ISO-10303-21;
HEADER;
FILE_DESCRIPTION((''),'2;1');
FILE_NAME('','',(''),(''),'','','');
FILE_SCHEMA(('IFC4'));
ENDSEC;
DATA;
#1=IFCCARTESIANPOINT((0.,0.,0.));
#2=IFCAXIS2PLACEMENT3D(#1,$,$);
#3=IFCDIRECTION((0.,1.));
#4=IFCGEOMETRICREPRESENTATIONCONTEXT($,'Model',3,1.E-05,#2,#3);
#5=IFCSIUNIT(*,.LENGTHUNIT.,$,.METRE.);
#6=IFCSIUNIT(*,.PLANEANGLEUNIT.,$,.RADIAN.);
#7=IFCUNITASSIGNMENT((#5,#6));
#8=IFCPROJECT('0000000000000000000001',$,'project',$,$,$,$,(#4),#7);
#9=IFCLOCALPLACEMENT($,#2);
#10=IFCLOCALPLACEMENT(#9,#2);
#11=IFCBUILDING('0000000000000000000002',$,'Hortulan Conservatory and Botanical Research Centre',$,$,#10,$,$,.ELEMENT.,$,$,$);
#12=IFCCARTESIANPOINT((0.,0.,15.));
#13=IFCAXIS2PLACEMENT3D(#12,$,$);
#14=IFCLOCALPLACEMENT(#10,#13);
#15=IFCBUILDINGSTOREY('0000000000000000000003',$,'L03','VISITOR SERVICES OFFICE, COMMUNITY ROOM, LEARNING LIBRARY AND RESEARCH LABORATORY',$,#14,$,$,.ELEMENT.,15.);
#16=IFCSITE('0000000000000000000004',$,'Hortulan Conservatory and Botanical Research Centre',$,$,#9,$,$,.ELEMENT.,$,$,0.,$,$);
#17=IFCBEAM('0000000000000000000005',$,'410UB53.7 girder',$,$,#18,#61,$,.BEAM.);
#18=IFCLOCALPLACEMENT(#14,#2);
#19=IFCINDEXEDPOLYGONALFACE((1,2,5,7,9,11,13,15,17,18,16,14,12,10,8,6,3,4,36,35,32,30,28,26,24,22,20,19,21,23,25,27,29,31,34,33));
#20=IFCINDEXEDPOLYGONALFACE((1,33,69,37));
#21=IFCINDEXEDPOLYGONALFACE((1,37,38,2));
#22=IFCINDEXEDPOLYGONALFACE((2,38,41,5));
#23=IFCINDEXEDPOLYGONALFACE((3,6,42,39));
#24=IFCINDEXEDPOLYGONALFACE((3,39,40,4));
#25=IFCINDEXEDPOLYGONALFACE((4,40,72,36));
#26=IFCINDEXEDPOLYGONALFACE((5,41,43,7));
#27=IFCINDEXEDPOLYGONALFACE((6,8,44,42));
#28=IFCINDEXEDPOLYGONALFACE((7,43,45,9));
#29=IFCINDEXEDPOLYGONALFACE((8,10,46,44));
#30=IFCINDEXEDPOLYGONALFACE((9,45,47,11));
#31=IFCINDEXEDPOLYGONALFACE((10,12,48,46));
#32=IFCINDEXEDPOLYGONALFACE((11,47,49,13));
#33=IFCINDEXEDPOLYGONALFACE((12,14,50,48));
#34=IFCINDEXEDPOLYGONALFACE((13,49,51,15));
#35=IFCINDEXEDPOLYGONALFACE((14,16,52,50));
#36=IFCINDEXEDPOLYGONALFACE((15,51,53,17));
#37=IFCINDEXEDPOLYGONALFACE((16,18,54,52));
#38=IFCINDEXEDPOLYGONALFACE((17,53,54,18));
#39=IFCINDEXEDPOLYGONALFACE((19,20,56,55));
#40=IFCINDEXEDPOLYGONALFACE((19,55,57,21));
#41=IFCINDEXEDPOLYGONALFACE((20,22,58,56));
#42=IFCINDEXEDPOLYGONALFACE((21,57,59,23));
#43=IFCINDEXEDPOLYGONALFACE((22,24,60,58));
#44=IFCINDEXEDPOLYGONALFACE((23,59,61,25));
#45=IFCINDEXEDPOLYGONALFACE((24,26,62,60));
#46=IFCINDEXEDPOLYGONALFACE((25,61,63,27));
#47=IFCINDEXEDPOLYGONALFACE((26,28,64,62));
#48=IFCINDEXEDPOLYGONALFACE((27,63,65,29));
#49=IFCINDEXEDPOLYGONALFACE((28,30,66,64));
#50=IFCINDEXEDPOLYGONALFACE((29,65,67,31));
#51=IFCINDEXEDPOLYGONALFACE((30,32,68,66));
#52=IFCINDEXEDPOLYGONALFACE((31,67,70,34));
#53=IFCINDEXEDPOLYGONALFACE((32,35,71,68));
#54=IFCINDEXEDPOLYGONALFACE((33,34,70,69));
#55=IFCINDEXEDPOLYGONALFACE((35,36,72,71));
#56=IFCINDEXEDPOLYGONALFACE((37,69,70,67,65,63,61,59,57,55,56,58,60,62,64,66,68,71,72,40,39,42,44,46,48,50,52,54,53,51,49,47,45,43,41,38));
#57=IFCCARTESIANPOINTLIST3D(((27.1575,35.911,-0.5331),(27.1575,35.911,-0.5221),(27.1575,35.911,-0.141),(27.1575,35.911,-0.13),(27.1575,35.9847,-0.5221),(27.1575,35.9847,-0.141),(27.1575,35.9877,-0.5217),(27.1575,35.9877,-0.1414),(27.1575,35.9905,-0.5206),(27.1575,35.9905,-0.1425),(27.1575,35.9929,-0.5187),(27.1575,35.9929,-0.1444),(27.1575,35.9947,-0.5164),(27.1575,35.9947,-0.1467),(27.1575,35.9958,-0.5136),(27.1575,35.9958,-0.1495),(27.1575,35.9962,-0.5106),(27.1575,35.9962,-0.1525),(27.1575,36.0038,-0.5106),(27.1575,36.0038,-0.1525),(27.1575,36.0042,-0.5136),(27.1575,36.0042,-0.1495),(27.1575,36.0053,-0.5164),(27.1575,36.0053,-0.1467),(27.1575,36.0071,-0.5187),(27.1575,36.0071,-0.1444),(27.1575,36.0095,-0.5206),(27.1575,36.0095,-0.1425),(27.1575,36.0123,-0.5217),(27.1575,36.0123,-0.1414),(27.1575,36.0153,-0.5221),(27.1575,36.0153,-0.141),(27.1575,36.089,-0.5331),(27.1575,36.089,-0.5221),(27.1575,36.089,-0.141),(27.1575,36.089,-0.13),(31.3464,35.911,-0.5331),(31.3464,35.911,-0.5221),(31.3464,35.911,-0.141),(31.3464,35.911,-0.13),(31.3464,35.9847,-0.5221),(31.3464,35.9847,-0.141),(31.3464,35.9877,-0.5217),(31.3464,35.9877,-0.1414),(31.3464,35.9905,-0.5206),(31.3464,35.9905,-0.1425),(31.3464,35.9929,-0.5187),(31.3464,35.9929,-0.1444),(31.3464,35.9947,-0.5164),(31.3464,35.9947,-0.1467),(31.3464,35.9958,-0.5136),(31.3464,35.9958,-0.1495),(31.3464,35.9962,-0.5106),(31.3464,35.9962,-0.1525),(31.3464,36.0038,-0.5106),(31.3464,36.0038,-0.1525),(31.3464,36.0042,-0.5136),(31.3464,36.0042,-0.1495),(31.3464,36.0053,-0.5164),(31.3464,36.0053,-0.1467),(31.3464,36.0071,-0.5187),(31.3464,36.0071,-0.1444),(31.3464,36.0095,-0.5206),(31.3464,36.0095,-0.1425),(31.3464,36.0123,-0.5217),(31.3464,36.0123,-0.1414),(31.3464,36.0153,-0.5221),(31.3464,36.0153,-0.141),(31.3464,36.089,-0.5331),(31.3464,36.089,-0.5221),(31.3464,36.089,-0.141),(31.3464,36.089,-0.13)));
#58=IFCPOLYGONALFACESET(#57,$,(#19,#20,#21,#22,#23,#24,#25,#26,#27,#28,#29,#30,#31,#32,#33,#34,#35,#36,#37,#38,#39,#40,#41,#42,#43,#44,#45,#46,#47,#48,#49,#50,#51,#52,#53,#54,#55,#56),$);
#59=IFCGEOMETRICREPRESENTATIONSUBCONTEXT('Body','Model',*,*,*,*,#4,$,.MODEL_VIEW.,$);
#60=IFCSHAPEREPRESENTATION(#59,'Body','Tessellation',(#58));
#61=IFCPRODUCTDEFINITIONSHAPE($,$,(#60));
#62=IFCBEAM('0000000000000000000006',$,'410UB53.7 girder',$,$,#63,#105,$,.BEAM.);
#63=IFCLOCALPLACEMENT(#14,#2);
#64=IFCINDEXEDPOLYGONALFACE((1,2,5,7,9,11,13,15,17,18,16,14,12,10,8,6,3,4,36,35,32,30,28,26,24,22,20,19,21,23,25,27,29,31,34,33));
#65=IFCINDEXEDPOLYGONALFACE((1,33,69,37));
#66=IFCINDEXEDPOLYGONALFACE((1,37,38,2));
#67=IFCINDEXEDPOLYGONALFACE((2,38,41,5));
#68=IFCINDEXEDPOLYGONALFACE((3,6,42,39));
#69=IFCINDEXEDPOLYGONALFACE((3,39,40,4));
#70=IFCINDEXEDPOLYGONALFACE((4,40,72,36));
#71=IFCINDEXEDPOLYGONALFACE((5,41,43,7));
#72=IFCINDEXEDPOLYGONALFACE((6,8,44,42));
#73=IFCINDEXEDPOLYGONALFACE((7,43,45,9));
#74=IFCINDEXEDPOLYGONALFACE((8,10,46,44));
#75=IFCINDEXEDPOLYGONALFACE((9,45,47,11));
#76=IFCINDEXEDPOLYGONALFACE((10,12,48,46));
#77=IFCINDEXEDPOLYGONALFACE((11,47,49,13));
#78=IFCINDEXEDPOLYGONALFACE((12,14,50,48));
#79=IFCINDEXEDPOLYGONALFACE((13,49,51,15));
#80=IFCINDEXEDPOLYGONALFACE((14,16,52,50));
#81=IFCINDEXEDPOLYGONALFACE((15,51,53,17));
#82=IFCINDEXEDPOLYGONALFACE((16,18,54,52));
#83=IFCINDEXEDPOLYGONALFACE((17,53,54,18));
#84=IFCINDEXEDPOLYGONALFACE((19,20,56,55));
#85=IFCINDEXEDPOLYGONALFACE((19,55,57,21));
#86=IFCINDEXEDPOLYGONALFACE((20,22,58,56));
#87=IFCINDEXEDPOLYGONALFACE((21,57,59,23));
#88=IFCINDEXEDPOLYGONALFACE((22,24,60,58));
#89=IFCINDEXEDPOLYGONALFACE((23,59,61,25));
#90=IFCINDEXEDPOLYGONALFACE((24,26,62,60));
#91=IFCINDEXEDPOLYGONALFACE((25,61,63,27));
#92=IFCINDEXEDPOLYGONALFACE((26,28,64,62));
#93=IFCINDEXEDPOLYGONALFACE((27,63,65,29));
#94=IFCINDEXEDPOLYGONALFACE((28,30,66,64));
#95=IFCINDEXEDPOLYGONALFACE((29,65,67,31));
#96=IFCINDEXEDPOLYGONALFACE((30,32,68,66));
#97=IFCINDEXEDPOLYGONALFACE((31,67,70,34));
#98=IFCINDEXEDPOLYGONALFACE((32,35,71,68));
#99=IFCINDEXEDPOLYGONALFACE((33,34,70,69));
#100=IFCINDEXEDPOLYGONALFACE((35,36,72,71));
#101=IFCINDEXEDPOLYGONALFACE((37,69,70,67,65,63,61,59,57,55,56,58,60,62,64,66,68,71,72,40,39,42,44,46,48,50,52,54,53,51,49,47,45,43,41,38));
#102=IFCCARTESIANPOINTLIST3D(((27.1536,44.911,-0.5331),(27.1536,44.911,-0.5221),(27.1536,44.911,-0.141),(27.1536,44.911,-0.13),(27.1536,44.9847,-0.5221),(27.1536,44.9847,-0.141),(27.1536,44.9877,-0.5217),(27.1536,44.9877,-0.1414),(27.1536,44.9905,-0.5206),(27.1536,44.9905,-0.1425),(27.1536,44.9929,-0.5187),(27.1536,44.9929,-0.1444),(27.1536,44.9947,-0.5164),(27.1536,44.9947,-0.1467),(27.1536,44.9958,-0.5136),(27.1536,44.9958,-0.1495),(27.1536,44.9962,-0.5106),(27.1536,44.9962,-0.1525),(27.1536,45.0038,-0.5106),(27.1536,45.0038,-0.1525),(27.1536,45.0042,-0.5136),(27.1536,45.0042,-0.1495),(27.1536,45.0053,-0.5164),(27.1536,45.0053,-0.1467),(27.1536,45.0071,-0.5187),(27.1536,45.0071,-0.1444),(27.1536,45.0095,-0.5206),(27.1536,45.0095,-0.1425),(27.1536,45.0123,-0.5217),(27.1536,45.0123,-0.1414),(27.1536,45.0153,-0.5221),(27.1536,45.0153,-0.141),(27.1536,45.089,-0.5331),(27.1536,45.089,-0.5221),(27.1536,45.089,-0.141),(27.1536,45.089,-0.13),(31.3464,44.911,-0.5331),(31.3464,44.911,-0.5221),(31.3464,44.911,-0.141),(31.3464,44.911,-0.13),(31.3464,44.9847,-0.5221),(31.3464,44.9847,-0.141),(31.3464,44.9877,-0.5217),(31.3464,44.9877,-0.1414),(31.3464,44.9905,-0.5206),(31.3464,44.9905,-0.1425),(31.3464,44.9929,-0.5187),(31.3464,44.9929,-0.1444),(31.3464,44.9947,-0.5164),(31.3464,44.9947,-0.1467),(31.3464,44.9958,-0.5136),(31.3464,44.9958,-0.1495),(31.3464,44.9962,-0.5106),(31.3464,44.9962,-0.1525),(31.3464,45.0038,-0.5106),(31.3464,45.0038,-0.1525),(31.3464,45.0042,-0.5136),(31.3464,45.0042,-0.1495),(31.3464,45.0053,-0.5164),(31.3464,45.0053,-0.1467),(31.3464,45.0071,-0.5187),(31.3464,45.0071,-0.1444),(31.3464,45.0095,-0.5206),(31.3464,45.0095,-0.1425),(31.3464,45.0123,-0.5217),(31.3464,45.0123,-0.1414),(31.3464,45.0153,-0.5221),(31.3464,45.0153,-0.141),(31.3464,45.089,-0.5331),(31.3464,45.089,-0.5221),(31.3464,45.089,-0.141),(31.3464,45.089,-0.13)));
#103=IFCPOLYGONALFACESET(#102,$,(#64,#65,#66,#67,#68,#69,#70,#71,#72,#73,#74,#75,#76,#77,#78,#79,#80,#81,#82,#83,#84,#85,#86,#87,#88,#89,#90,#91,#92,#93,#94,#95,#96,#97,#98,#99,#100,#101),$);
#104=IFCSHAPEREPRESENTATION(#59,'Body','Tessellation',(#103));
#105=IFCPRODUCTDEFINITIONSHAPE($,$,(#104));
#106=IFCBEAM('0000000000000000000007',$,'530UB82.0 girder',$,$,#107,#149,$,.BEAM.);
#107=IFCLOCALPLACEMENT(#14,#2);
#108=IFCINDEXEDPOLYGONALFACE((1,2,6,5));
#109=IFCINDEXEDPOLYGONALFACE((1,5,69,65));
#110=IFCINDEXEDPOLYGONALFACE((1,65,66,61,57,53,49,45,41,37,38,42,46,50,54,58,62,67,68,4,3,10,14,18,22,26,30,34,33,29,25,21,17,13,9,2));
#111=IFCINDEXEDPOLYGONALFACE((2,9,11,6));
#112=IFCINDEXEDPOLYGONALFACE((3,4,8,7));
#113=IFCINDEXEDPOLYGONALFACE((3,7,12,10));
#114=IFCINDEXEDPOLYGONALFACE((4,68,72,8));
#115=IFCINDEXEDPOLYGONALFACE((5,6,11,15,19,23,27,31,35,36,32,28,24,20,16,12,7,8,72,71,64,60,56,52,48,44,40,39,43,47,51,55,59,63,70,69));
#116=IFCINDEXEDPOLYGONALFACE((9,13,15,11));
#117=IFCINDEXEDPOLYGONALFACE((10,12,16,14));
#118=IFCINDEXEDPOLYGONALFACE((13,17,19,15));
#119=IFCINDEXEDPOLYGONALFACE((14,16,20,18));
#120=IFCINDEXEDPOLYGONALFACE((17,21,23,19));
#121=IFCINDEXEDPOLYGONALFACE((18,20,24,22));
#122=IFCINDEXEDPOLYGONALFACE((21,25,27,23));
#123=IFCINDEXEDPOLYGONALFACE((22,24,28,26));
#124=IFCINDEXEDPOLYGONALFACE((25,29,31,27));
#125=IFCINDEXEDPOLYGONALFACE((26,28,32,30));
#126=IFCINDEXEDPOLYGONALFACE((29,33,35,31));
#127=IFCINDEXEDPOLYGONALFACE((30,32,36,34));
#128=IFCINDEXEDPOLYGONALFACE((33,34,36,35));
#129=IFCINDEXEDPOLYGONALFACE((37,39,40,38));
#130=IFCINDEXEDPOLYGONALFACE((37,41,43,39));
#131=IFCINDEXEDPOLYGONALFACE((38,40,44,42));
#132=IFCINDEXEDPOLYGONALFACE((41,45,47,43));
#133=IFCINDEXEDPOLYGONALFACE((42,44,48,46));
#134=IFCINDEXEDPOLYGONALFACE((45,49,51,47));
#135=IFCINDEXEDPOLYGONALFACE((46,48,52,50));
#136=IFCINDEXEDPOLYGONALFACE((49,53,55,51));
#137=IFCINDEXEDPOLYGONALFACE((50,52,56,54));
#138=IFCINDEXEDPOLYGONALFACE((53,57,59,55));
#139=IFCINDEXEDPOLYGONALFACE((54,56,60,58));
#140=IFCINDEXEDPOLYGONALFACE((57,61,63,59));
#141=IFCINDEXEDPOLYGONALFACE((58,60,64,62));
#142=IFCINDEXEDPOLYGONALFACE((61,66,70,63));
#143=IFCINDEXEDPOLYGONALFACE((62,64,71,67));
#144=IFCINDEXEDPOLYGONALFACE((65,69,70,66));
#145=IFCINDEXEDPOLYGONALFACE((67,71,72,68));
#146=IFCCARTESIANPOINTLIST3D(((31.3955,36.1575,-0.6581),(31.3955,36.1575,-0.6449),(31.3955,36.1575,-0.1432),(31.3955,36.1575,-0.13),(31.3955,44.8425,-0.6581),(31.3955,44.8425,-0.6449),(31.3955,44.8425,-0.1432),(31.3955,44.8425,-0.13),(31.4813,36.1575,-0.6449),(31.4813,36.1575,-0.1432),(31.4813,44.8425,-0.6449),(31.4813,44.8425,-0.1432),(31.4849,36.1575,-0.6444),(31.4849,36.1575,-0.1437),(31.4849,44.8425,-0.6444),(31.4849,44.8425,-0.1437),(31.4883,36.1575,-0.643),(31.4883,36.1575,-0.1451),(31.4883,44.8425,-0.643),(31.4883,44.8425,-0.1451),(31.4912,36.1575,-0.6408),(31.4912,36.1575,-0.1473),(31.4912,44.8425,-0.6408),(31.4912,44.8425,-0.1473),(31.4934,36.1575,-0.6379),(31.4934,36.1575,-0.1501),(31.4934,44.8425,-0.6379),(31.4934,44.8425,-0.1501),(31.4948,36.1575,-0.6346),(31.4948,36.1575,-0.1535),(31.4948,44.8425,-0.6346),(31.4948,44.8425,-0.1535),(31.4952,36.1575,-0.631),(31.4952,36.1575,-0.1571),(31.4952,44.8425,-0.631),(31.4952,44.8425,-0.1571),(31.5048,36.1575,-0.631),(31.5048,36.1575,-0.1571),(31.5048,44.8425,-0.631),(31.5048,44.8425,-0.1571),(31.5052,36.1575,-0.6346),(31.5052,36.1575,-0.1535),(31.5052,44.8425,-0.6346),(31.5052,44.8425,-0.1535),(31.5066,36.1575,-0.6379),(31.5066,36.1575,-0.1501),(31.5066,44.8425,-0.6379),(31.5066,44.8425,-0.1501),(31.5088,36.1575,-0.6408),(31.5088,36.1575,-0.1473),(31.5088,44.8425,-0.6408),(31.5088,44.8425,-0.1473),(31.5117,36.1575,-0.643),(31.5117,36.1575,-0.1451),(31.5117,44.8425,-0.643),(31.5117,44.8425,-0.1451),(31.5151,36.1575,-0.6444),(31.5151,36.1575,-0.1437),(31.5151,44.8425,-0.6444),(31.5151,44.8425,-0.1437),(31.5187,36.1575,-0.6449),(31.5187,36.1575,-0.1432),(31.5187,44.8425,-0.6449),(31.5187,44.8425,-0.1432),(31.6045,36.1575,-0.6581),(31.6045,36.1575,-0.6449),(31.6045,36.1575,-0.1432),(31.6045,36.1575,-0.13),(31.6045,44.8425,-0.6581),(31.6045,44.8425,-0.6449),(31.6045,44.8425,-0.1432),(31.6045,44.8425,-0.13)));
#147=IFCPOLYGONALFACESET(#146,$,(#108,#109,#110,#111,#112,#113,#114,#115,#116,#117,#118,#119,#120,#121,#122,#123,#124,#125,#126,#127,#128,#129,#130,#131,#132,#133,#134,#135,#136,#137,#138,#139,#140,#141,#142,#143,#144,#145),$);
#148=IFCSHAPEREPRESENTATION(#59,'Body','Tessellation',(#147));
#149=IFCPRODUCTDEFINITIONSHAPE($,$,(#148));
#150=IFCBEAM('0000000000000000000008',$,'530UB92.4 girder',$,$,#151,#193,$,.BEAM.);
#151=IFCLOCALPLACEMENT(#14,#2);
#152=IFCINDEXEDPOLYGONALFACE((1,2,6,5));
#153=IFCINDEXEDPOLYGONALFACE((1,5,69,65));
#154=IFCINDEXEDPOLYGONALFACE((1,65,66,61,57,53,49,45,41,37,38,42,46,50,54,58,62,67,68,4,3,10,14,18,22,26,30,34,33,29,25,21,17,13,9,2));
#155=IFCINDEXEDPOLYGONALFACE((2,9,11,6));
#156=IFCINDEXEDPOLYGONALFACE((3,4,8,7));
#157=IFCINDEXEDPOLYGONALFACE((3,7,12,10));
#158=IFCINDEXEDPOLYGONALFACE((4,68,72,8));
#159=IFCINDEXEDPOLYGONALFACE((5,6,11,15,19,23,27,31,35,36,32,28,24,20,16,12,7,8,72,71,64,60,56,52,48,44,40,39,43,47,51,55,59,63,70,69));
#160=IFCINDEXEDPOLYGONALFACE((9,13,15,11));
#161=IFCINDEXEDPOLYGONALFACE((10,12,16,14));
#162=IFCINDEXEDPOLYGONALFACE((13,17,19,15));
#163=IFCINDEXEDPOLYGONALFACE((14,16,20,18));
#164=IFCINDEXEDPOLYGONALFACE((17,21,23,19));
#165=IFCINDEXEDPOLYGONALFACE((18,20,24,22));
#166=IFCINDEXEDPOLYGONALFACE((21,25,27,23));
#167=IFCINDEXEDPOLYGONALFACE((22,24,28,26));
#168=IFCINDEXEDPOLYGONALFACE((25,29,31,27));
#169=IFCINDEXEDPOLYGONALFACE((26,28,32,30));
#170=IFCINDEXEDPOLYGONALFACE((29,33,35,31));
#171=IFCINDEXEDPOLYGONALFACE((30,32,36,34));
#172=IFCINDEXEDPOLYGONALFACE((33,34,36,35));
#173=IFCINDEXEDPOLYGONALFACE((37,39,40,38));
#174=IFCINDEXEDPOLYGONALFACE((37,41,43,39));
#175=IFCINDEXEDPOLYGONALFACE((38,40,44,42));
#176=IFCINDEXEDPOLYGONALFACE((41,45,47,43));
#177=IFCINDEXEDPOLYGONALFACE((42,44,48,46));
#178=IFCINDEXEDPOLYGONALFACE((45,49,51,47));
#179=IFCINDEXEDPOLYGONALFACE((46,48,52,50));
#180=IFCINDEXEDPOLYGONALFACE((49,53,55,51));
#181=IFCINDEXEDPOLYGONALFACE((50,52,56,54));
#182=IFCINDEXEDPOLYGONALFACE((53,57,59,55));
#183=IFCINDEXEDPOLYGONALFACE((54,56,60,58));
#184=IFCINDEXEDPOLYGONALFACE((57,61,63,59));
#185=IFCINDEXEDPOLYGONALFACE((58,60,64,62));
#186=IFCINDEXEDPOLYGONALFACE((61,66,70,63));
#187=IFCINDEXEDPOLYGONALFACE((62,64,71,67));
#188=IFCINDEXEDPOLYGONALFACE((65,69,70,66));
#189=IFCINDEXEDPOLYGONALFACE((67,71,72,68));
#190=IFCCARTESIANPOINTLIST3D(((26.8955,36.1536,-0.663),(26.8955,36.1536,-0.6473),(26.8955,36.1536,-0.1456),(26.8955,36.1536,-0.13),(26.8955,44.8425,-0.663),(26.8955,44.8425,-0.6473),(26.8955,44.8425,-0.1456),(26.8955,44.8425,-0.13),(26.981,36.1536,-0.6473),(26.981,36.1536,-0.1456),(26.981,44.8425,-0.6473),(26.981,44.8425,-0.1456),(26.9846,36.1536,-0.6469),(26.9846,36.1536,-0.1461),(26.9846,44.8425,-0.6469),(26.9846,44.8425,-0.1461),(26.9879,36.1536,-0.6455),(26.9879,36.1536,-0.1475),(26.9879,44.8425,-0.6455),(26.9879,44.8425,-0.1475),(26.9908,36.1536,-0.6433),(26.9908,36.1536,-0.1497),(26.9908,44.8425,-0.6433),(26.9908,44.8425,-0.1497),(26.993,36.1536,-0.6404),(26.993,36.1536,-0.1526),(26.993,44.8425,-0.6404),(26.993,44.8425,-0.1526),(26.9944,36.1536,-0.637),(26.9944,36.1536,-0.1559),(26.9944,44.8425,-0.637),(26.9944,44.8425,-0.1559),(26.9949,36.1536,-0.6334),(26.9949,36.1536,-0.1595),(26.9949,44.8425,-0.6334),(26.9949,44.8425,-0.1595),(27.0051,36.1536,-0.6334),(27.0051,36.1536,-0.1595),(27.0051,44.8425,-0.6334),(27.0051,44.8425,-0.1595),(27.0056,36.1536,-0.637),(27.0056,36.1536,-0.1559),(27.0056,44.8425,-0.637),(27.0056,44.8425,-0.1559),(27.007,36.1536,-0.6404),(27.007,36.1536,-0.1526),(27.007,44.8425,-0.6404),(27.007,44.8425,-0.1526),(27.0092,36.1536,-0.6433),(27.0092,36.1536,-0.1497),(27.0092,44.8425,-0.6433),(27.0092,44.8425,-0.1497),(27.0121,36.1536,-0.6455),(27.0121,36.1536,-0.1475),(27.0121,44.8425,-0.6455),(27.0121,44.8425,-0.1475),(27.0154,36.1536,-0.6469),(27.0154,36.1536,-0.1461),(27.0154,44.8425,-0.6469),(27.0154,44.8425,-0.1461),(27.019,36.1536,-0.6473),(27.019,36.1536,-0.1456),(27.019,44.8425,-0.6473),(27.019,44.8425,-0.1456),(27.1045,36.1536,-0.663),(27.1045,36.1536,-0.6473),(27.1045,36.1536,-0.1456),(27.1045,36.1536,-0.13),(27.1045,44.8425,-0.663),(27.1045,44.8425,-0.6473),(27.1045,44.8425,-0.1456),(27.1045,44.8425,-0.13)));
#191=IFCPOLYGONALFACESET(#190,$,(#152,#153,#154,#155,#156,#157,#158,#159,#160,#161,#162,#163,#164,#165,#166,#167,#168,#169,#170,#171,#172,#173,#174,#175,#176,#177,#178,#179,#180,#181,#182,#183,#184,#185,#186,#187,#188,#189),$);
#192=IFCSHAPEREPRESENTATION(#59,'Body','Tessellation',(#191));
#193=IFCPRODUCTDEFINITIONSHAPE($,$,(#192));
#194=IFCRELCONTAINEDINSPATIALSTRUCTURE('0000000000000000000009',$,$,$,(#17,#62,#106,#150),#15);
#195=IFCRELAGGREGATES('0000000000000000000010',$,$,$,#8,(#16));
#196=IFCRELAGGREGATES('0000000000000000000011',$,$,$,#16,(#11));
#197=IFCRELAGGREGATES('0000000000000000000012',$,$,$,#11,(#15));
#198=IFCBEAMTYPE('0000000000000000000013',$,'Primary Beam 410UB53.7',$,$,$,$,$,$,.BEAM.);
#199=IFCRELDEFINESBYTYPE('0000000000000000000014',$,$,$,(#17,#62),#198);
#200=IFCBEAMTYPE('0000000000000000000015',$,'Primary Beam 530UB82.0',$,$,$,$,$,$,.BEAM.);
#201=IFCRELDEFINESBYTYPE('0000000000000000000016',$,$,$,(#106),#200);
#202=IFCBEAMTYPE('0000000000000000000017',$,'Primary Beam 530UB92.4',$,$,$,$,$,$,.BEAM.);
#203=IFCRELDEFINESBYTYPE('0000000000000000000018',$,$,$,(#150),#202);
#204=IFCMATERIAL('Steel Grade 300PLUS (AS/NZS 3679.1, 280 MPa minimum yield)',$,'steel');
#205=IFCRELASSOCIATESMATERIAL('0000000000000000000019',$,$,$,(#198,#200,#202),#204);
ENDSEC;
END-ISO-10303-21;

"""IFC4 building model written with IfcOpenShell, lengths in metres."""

from ifc_helpers import new_model, si_unit, direction, frame, origin, origin_2d, place, context, subcontext, project, spatial, i_section, extrude, material, material_profile, profile_set, type_object, element, save


model = new_model("IFC4")

# Units and contexts
model_context = context("Model", 3, precision=1e-05, world=origin(), true_north=direction((0.0, 1.0)))
body_context = subcontext(model_context, "Body", "Model", "MODEL_VIEW")
ifc_project = project(units=[si_unit("LENGTHUNIT", "METRE"), si_unit("PLANEANGLEUNIT", "RADIAN")], contexts=[model_context])

# Site, building, storey
site_placement = place(None, origin())
site = spatial("IfcSite", under=ifc_project, at=site_placement, Name="Hortulan Conservatory and Botanical Research Centre", CompositionType="ELEMENT", RefElevation=0.0)
building_placement = place(site_placement, origin())
building = spatial("IfcBuilding", under=site, at=building_placement, Name="Hortulan Conservatory and Botanical Research Centre", CompositionType="ELEMENT")
storey_placement = place(building_placement, frame((0.0, 0.0, 15.0)))
storey = spatial("IfcBuildingStorey", under=building, at=storey_placement, Name="L03", Description="VISITOR SERVICES OFFICE, COMMUNITY ROOM, LEARNING LIBRARY AND RESEARCH LABORATORY", CompositionType="ELEMENT", Elevation=15.0)

# Shared definitions
ifc_material_1 = material(Name="Steel Grade 300PLUS (AS/NZS 3679.1, 280 MPa minimum yield)", Category="steel")

# Beams
ifc_material_profile_1 = material_profile(ifc_material_1, i_section(OverallWidth=0.178, OverallDepth=0.4031, WebThickness=0.0076, FlangeThickness=0.011, FilletRadius=0.0115, at=origin_2d()), Name="410UB53.7")
ifc_profile_set_1 = profile_set([ifc_material_profile_1], Name="Steel Grade 300PLUS (AS/NZS 3679.1, 280 MPa minimum yield)")
beam_type_1 = type_object("IfcBeamType", Name="Primary Beam 410UB53.7", PredefinedType="BEAM", material=ifc_profile_set_1)
beam_1_placement = place(storey_placement, frame((27.1575, 36.0, -0.3315), z_axis=(1.0, 0.0, 0.0), x_axis=(0.0, 1.0, 0.0)))
element("IfcBeam", 1, at=beam_1_placement, inside=storey, type_object=beam_type_1, Name="410UB53.7 girder", PredefinedType="BEAM", context=body_context, shape_type="SweptSolid", body=[
    extrude(i_section(OverallWidth=0.178, OverallDepth=0.4031, WebThickness=0.0076, FlangeThickness=0.011, FilletRadius=0.0115, at=origin_2d()), origin(), (0.0, 0.0, 1.0), 4.189),
])
beam_2_placement = place(storey_placement, frame((27.1536, 45.0, -0.3315), z_axis=(1.0, 0.0, 0.0), x_axis=(0.0, 1.0, 0.0)))
element("IfcBeam", 2, at=beam_2_placement, inside=storey, type_object=beam_type_1, Name="410UB53.7 girder", PredefinedType="BEAM", context=body_context, shape_type="SweptSolid", body=[
    extrude(i_section(OverallWidth=0.178, OverallDepth=0.4031, WebThickness=0.0076, FlangeThickness=0.011, FilletRadius=0.0115, at=origin_2d()), origin(), (0.0, 0.0, 1.0), 4.1929),
])
ifc_material_profile_2 = material_profile(ifc_material_1, i_section(OverallWidth=0.209, OverallDepth=0.5281, WebThickness=0.0095, FlangeThickness=0.0132, FilletRadius=0.0139, at=origin_2d()), Name="530UB82.0")
ifc_profile_set_2 = profile_set([ifc_material_profile_2], Name="Steel Grade 300PLUS (AS/NZS 3679.1, 280 MPa minimum yield)")
beam_type_2 = type_object("IfcBeamType", Name="Primary Beam 530UB82.0", PredefinedType="BEAM", material=ifc_profile_set_2)
beam_3_placement = place(storey_placement, frame((31.5, 36.1575, -0.394), z_axis=(0.0, 1.0, 0.0), x_axis=(-1.0, 0.0, 0.0)))
element("IfcBeam", 3, at=beam_3_placement, inside=storey, type_object=beam_type_2, Name="530UB82.0 girder", PredefinedType="BEAM", context=body_context, shape_type="SweptSolid", body=[
    extrude(i_section(OverallWidth=0.209, OverallDepth=0.5281, WebThickness=0.0095, FlangeThickness=0.0132, FilletRadius=0.0139, at=origin_2d()), origin(), (0.0, 0.0, 1.0), 8.6851),
])
ifc_material_profile_3 = material_profile(ifc_material_1, i_section(OverallWidth=0.209, OverallDepth=0.533, WebThickness=0.0103, FlangeThickness=0.0156, FilletRadius=0.0139, at=origin_2d()), Name="530UB92.4")
ifc_profile_set_3 = profile_set([ifc_material_profile_3], Name="Steel Grade 300PLUS (AS/NZS 3679.1, 280 MPa minimum yield)")
beam_type_3 = type_object("IfcBeamType", Name="Primary Beam 530UB92.4", PredefinedType="BEAM", material=ifc_profile_set_3)
beam_4_placement = place(storey_placement, frame((27.0, 36.1536, -0.3965), z_axis=(0.0, 1.0, 0.0), x_axis=(-1.0, 0.0, 0.0)))
element("IfcBeam", 4, at=beam_4_placement, inside=storey, type_object=beam_type_3, Name="530UB92.4 girder", PredefinedType="BEAM", context=body_context, shape_type="SweptSolid", body=[
    extrude(i_section(OverallWidth=0.209, OverallDepth=0.533, WebThickness=0.0103, FlangeThickness=0.0156, FilletRadius=0.0139, at=origin_2d()), origin(), (0.0, 0.0, 1.0), 8.689),
])

save(model, "model.ifc")
